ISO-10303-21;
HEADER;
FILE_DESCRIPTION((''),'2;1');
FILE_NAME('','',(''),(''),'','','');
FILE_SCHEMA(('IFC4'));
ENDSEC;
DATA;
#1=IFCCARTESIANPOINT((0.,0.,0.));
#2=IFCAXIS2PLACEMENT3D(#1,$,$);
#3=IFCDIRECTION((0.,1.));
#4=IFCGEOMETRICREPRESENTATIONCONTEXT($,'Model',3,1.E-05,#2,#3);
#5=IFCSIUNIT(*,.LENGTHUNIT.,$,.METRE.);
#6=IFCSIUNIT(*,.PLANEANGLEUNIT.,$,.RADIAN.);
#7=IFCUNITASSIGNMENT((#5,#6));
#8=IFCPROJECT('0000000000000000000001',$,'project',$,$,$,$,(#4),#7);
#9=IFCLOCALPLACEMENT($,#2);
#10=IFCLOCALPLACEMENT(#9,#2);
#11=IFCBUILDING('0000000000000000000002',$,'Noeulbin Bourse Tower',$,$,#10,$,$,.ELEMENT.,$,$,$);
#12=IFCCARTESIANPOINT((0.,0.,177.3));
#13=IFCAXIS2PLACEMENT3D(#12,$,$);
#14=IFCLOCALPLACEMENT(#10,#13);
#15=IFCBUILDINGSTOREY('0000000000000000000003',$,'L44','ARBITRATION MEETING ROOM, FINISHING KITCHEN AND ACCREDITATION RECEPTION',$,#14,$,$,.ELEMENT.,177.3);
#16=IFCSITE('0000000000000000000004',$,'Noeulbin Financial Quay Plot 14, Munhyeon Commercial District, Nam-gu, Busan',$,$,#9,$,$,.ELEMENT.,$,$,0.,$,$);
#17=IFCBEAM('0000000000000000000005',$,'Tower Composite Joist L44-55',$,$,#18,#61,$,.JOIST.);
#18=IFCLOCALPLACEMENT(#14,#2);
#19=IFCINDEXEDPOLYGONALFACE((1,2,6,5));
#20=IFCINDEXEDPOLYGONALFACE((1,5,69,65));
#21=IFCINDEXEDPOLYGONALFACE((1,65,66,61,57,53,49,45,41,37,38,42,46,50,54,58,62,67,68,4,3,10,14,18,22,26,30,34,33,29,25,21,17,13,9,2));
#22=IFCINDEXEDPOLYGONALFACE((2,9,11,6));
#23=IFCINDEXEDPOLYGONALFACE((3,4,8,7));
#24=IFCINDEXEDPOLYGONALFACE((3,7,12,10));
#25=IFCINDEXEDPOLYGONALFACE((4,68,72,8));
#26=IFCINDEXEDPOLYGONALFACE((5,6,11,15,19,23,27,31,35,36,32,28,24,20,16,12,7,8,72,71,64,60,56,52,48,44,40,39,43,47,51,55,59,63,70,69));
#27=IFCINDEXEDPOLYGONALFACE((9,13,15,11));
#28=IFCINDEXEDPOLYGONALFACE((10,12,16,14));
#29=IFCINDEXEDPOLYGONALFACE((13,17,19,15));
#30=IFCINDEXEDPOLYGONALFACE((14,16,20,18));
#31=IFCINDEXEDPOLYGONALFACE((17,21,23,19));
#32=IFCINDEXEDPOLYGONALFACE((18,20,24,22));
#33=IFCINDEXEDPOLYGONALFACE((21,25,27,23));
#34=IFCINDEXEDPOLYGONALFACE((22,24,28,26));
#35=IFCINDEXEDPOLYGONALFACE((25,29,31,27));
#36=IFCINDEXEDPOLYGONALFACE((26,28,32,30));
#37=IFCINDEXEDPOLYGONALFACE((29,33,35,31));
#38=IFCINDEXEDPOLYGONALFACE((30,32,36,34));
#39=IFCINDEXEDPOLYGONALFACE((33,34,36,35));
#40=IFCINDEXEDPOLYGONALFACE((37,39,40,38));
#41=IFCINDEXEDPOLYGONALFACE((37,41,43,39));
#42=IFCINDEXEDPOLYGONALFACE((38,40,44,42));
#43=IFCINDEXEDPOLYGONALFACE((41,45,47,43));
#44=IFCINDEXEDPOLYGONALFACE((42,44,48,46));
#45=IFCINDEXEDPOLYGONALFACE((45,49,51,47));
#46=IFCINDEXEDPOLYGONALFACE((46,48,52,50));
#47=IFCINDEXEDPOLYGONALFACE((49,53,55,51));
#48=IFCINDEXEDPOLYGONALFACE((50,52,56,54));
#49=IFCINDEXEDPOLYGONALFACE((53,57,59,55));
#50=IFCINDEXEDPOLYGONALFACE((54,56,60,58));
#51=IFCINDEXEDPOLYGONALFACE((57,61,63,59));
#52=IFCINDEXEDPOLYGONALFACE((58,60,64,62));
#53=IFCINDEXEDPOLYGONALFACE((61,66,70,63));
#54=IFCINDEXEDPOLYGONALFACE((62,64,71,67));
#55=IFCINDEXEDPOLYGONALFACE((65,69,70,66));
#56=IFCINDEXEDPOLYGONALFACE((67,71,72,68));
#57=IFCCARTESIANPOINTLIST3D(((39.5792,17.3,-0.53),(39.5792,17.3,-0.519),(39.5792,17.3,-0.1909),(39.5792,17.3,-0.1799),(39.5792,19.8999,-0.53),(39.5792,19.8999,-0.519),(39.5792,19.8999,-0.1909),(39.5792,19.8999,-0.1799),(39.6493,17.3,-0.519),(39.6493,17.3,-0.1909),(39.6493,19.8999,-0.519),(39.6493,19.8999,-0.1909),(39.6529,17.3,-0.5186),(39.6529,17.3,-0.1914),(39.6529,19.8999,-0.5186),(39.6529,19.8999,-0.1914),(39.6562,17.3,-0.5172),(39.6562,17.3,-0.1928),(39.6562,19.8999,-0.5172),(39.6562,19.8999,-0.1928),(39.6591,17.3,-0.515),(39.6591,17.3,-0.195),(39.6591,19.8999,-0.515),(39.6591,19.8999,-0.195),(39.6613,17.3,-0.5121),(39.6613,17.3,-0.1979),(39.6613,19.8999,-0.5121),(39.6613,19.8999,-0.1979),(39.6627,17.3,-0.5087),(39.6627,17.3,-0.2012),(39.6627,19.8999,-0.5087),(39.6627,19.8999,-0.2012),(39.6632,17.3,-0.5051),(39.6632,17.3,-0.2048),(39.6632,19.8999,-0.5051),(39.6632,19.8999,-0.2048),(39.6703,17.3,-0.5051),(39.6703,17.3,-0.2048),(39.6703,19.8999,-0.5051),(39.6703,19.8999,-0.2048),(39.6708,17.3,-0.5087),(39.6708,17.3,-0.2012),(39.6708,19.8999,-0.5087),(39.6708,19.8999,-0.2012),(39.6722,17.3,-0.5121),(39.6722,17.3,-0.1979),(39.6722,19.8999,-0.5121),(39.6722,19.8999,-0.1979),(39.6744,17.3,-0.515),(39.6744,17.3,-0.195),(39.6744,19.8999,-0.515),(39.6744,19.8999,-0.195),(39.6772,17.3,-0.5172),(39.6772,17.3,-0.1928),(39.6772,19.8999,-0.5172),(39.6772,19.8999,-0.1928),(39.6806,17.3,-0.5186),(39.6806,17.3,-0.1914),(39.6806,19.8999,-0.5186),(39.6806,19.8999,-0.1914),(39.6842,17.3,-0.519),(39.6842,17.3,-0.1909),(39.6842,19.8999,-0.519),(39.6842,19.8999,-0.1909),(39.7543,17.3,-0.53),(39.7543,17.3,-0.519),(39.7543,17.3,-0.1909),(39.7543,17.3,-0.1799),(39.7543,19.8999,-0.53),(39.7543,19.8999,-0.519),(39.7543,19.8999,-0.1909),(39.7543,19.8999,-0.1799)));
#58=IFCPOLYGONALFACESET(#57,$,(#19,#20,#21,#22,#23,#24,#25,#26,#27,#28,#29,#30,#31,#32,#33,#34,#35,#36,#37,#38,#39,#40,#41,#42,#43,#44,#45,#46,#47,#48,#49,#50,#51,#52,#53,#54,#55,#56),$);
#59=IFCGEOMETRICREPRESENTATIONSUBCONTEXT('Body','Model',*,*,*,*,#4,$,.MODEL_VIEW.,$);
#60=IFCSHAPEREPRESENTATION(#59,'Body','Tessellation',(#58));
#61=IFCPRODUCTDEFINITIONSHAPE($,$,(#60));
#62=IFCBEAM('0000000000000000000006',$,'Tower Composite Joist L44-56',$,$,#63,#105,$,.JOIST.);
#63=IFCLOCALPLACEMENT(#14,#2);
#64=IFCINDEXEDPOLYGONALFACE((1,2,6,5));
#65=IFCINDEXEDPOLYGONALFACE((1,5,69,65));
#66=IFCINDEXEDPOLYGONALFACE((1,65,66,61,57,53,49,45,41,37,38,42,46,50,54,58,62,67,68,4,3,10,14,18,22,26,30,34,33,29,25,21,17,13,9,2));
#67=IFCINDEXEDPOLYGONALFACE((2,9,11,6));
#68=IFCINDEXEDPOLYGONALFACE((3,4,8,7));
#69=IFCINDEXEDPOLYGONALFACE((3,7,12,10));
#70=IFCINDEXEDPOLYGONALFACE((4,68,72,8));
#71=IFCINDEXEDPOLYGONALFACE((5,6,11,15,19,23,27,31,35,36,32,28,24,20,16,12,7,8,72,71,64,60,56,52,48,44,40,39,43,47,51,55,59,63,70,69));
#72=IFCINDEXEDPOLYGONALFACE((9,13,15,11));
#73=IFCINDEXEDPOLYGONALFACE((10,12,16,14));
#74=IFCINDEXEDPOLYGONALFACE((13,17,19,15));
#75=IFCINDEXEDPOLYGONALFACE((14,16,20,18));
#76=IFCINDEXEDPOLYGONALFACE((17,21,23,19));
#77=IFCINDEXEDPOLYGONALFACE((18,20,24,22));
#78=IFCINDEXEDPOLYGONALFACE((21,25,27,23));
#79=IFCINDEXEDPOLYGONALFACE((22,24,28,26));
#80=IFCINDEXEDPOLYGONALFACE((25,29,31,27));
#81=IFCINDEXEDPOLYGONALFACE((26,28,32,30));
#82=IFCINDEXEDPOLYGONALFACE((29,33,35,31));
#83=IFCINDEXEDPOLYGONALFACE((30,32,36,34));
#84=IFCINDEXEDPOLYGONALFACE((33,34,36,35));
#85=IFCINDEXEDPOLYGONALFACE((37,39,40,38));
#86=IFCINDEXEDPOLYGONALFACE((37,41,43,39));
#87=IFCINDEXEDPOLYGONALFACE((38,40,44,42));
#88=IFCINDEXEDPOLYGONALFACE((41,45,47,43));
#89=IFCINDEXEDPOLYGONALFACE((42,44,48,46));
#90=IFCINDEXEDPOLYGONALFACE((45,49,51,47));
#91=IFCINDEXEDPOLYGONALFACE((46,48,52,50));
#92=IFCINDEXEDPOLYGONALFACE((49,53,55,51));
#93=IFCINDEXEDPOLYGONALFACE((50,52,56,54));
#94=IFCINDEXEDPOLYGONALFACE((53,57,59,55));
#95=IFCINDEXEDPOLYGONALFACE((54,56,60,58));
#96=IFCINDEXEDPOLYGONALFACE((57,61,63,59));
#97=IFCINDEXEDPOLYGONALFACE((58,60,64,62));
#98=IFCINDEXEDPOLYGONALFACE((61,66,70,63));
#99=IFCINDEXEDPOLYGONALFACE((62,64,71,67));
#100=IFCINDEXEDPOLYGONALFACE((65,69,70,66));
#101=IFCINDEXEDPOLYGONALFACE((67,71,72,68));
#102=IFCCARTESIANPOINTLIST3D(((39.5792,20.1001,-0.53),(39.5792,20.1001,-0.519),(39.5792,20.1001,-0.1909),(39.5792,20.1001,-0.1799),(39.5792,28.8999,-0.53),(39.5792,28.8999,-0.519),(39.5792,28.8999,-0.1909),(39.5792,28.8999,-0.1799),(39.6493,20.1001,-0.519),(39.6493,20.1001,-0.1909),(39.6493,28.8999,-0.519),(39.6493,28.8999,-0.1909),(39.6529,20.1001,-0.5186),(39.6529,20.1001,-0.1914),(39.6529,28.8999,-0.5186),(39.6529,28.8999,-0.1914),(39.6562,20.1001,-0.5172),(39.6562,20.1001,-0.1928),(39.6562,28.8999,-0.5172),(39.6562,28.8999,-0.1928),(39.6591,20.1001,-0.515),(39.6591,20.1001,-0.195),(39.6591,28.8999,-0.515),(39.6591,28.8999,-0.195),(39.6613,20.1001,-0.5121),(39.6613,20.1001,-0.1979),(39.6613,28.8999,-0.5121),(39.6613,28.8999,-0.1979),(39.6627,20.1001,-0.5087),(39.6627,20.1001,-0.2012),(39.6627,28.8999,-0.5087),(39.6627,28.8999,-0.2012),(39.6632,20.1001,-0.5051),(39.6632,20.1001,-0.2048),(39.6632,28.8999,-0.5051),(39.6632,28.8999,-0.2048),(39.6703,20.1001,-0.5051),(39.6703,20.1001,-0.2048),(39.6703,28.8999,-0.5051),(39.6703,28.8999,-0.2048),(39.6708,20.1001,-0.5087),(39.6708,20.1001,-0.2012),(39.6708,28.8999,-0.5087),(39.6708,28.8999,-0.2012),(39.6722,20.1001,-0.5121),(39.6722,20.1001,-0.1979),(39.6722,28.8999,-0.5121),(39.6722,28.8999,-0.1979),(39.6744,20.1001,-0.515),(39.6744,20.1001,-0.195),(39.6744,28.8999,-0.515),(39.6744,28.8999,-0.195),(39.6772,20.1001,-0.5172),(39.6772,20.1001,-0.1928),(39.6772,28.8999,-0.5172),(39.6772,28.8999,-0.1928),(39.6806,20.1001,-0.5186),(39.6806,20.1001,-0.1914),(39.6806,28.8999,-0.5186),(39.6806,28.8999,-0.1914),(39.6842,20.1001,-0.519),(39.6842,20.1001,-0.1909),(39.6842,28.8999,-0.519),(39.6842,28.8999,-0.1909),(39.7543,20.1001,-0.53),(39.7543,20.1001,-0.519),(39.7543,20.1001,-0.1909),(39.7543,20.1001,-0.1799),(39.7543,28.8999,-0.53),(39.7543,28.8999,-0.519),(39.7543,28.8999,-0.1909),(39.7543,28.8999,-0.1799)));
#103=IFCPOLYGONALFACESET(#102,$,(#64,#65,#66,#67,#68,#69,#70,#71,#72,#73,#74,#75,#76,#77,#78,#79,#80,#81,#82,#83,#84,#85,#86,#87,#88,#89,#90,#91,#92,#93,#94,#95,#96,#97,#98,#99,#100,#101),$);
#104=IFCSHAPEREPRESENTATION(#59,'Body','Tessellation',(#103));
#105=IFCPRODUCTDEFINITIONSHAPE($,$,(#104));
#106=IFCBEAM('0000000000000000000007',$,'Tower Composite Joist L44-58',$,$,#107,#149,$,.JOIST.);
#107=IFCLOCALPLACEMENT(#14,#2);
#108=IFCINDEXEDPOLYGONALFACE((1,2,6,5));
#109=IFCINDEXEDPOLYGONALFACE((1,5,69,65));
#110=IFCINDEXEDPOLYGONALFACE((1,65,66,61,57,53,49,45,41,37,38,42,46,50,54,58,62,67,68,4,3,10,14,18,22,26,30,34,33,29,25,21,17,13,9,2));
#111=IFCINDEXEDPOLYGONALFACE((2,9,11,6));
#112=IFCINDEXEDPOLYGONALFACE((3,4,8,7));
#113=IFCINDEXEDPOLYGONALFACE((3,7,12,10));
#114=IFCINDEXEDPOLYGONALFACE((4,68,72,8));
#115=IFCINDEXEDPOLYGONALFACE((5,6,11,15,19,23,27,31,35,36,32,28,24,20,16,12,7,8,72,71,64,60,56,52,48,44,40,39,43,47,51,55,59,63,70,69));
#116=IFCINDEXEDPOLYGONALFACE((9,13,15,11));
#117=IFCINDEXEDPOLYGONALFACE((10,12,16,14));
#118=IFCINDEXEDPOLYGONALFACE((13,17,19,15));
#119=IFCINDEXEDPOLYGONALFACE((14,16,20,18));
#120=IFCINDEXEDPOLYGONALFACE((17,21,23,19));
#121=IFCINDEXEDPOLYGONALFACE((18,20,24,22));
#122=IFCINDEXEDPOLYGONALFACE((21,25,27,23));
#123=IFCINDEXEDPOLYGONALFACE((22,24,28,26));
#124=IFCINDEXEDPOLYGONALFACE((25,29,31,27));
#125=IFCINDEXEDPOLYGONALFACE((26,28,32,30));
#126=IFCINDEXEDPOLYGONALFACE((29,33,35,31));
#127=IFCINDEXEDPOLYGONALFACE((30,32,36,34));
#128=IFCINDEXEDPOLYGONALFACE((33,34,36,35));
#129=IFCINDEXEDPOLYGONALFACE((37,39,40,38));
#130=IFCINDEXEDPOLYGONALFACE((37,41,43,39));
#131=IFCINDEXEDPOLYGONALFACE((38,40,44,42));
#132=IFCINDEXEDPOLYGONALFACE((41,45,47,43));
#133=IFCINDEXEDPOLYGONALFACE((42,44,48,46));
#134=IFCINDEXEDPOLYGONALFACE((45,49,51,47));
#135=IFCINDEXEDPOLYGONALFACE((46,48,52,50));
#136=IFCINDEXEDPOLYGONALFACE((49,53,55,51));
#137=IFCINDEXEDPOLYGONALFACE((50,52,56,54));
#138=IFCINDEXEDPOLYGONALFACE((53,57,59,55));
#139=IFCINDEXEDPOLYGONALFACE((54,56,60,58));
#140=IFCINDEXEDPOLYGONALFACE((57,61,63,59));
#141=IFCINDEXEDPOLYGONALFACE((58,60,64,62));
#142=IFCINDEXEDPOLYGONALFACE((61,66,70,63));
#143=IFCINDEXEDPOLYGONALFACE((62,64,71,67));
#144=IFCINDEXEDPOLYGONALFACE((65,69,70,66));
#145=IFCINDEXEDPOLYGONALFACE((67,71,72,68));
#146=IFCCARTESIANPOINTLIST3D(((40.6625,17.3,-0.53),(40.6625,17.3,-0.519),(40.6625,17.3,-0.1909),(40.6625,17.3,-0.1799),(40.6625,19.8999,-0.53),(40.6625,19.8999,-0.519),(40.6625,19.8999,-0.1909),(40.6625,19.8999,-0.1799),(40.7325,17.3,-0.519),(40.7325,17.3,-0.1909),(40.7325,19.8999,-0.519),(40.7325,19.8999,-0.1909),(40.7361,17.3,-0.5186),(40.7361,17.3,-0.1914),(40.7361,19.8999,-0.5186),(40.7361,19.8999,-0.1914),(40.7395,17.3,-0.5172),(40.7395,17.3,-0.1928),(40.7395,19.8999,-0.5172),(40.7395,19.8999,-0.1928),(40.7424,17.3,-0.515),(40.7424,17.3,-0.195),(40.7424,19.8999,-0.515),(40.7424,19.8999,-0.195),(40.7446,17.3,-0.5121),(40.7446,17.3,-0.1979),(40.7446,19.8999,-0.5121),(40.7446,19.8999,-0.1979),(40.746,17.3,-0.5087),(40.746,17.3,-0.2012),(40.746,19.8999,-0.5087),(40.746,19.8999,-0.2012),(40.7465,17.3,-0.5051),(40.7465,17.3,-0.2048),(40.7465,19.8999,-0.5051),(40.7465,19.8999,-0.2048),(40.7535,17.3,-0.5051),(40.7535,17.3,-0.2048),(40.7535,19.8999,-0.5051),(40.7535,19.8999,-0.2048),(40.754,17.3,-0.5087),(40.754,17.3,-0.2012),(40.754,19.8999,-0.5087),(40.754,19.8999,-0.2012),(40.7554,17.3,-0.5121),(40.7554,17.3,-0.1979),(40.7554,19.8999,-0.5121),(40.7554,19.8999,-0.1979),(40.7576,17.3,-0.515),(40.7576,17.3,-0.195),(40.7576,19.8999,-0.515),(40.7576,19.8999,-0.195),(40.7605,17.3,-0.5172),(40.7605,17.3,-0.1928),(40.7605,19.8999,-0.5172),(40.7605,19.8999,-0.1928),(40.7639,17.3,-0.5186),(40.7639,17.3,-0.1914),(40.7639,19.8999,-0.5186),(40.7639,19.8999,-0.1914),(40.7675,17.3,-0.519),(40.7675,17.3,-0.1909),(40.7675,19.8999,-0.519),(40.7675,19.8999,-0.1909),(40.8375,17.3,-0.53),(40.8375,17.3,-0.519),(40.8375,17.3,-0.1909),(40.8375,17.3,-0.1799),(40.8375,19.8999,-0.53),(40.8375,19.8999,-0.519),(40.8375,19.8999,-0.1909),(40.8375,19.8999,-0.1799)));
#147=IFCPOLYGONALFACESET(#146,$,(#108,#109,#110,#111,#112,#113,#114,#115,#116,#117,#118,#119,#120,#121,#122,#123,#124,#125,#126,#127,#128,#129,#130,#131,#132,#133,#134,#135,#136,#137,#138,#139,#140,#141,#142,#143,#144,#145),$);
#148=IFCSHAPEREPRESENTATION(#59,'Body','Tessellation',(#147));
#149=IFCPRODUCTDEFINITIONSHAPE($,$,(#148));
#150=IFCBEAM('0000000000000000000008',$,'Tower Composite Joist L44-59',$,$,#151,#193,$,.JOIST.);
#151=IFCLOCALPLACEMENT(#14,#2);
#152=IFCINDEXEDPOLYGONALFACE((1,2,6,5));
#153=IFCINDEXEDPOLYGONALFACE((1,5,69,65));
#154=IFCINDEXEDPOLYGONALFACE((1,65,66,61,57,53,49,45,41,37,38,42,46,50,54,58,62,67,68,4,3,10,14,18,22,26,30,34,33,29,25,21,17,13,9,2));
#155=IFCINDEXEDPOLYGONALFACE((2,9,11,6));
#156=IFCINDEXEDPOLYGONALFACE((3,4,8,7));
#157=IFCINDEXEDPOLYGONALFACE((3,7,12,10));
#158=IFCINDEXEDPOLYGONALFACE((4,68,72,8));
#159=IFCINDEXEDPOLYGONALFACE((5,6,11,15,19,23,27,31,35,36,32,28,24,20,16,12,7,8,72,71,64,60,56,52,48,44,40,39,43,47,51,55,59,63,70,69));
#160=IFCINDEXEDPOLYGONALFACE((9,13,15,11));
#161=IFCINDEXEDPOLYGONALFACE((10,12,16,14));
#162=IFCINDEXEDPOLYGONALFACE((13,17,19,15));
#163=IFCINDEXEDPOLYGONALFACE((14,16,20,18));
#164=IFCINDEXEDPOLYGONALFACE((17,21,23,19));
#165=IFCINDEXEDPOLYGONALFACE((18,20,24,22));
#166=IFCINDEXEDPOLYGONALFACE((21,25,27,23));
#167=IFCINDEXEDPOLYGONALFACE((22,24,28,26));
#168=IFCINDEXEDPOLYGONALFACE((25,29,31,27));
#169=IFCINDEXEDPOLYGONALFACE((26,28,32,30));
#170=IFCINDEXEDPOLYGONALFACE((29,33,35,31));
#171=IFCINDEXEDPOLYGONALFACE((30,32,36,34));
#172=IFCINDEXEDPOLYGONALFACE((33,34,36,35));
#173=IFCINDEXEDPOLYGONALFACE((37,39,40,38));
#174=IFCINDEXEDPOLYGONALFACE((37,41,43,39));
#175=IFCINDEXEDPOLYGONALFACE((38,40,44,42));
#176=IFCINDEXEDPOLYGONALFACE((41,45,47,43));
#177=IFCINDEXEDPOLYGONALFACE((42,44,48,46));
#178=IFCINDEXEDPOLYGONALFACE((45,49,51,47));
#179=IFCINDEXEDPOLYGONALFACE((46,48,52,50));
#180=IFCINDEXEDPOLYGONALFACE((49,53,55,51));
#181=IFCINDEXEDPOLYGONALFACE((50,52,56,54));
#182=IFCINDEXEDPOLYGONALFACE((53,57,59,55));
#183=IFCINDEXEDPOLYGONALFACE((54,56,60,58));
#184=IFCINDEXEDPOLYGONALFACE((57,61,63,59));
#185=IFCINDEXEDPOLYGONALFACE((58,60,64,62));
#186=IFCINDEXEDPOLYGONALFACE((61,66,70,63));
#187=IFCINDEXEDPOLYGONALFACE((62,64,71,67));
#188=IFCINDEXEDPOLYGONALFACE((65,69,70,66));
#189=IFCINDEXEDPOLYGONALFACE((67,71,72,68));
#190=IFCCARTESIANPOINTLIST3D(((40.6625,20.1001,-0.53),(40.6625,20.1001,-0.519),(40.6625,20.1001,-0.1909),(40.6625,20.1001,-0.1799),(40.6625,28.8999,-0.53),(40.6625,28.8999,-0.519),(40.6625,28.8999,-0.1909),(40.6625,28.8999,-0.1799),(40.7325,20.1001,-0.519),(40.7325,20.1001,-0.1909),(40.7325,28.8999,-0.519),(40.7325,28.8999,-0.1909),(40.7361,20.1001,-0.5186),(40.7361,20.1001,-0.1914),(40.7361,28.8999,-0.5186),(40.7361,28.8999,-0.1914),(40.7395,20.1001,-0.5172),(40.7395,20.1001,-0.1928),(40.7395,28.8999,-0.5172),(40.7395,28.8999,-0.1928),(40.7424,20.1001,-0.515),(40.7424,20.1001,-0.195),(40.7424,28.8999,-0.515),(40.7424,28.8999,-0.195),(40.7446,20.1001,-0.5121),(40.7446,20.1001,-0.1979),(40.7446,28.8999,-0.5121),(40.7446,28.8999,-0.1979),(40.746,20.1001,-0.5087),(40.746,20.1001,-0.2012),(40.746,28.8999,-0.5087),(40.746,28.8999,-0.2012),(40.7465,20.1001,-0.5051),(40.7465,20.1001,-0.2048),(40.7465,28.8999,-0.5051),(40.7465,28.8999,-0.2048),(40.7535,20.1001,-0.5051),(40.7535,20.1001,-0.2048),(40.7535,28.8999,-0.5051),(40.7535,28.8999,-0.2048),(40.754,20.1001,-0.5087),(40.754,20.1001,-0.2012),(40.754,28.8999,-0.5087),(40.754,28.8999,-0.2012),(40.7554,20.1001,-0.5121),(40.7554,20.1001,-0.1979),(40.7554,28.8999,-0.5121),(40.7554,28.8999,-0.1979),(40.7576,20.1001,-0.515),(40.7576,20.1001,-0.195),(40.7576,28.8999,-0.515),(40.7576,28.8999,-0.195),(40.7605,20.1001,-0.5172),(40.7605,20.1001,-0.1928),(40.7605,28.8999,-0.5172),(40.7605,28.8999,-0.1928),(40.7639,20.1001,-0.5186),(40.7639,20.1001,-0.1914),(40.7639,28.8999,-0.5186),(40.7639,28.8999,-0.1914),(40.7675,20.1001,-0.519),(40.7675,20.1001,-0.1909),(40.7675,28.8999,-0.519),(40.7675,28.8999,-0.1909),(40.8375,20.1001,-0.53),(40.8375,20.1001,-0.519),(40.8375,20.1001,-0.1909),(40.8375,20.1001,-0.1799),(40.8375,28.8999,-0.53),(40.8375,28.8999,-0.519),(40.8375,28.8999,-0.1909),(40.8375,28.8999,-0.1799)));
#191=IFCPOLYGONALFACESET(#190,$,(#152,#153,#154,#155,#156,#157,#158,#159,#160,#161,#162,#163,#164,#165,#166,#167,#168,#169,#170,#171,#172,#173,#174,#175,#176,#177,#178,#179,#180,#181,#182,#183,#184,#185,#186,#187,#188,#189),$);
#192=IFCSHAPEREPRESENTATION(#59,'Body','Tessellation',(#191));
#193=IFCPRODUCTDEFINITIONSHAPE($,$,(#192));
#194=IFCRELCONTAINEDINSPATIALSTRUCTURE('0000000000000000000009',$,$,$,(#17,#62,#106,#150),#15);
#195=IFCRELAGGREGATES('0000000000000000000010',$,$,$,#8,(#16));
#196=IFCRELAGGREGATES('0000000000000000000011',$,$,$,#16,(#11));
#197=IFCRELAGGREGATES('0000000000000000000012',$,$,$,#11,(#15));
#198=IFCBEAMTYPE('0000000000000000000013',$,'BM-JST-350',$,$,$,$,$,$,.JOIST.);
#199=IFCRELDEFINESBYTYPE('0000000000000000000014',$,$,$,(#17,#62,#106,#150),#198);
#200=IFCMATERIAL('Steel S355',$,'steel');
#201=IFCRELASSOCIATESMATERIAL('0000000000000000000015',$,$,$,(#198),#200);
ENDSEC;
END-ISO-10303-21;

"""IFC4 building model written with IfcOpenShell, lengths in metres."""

from ifc_helpers import new_model, si_unit, direction, frame, origin, origin_2d, place, context, subcontext, project, spatial, i_section, extrude, material, material_profile, profile_set, type_object, element, save


model = new_model("IFC4")

# Units and contexts
model_context = context("Model", 3, precision=1e-05, world=origin(), true_north=direction((0.0, 1.0)))
body_context = subcontext(model_context, "Body", "Model", "MODEL_VIEW")
ifc_project = project(units=[si_unit("LENGTHUNIT", "METRE"), si_unit("PLANEANGLEUNIT", "RADIAN")], contexts=[model_context])

# Site, building, storey
site_placement = place(None, origin())
site = spatial("IfcSite", under=ifc_project, at=site_placement, Name="Noeulbin Financial Quay Plot 14, Munhyeon Commercial District, Nam-gu, Busan", CompositionType="ELEMENT", RefElevation=0.0)
building_placement = place(site_placement, origin())
building = spatial("IfcBuilding", under=site, at=building_placement, Name="Noeulbin Bourse Tower", CompositionType="ELEMENT")
storey_placement = place(building_placement, frame((0.0, 0.0, 177.3)))
storey = spatial("IfcBuildingStorey", under=building, at=storey_placement, Name="L44", Description="ARBITRATION MEETING ROOM, FINISHING KITCHEN AND ACCREDITATION RECEPTION", CompositionType="ELEMENT", Elevation=177.3)

# Beams
ifc_material_1 = material(Name="Steel S355", Category="steel")
ifc_material_profile_1 = material_profile(ifc_material_1, i_section(OverallWidth=0.175, OverallDepth=0.3501, WebThickness=0.0071, FlangeThickness=0.011, FilletRadius=0.0139, at=origin_2d()), Name="H-350x175x7x11", Category="LoadBearing")
ifc_profile_set_1 = profile_set([ifc_material_profile_1], Name="Steel S355")
beam_type_1 = type_object("IfcBeamType", Name="BM-JST-350", PredefinedType="JOIST", material=ifc_profile_set_1)
beam_1_placement = place(storey_placement, frame((39.6667, 17.3, -0.355), z_axis=(0.0, 1.0, 0.0), x_axis=(-1.0, 0.0, 0.0)))
element("IfcBeam", 1, at=beam_1_placement, inside=storey, type_object=beam_type_1, Name="Tower Composite Joist L44-55", PredefinedType="JOIST", context=body_context, shape_type="SweptSolid", body=[
    extrude(i_section(OverallWidth=0.175, OverallDepth=0.3501, WebThickness=0.0071, FlangeThickness=0.011, FilletRadius=0.0139, at=origin_2d()), origin(), (0.0, 0.0, 1.0), 2.5999),
])
beam_2_placement = place(storey_placement, frame((39.6667, 20.1001, -0.355), z_axis=(0.0, 1.0, 0.0), x_axis=(-1.0, 0.0, 0.0)))
element("IfcBeam", 2, at=beam_2_placement, inside=storey, type_object=beam_type_1, Name="Tower Composite Joist L44-56", PredefinedType="JOIST", context=body_context, shape_type="SweptSolid", body=[
    extrude(i_section(OverallWidth=0.175, OverallDepth=0.3501, WebThickness=0.0071, FlangeThickness=0.011, FilletRadius=0.0139, at=origin_2d()), origin(), (0.0, 0.0, 1.0), 8.7998),
])
beam_3_placement = place(storey_placement, frame((40.75, 17.3, -0.355), z_axis=(0.0, 1.0, 0.0), x_axis=(-1.0, 0.0, 0.0)))
element("IfcBeam", 3, at=beam_3_placement, inside=storey, type_object=beam_type_1, Name="Tower Composite Joist L44-58", PredefinedType="JOIST", context=body_context, shape_type="SweptSolid", body=[
    extrude(i_section(OverallWidth=0.175, OverallDepth=0.3501, WebThickness=0.0071, FlangeThickness=0.011, FilletRadius=0.0139, at=origin_2d()), origin(), (0.0, 0.0, 1.0), 2.5999),
])
beam_4_placement = place(storey_placement, frame((40.75, 20.1001, -0.355), z_axis=(0.0, 1.0, 0.0), x_axis=(-1.0, 0.0, 0.0)))
element("IfcBeam", 4, at=beam_4_placement, inside=storey, type_object=beam_type_1, Name="Tower Composite Joist L44-59", PredefinedType="JOIST", context=body_context, shape_type="SweptSolid", body=[
    extrude(i_section(OverallWidth=0.175, OverallDepth=0.3501, WebThickness=0.0071, FlangeThickness=0.011, FilletRadius=0.0139, at=origin_2d()), origin(), (0.0, 0.0, 1.0), 8.7998),
])

save(model, "model.ifc")
